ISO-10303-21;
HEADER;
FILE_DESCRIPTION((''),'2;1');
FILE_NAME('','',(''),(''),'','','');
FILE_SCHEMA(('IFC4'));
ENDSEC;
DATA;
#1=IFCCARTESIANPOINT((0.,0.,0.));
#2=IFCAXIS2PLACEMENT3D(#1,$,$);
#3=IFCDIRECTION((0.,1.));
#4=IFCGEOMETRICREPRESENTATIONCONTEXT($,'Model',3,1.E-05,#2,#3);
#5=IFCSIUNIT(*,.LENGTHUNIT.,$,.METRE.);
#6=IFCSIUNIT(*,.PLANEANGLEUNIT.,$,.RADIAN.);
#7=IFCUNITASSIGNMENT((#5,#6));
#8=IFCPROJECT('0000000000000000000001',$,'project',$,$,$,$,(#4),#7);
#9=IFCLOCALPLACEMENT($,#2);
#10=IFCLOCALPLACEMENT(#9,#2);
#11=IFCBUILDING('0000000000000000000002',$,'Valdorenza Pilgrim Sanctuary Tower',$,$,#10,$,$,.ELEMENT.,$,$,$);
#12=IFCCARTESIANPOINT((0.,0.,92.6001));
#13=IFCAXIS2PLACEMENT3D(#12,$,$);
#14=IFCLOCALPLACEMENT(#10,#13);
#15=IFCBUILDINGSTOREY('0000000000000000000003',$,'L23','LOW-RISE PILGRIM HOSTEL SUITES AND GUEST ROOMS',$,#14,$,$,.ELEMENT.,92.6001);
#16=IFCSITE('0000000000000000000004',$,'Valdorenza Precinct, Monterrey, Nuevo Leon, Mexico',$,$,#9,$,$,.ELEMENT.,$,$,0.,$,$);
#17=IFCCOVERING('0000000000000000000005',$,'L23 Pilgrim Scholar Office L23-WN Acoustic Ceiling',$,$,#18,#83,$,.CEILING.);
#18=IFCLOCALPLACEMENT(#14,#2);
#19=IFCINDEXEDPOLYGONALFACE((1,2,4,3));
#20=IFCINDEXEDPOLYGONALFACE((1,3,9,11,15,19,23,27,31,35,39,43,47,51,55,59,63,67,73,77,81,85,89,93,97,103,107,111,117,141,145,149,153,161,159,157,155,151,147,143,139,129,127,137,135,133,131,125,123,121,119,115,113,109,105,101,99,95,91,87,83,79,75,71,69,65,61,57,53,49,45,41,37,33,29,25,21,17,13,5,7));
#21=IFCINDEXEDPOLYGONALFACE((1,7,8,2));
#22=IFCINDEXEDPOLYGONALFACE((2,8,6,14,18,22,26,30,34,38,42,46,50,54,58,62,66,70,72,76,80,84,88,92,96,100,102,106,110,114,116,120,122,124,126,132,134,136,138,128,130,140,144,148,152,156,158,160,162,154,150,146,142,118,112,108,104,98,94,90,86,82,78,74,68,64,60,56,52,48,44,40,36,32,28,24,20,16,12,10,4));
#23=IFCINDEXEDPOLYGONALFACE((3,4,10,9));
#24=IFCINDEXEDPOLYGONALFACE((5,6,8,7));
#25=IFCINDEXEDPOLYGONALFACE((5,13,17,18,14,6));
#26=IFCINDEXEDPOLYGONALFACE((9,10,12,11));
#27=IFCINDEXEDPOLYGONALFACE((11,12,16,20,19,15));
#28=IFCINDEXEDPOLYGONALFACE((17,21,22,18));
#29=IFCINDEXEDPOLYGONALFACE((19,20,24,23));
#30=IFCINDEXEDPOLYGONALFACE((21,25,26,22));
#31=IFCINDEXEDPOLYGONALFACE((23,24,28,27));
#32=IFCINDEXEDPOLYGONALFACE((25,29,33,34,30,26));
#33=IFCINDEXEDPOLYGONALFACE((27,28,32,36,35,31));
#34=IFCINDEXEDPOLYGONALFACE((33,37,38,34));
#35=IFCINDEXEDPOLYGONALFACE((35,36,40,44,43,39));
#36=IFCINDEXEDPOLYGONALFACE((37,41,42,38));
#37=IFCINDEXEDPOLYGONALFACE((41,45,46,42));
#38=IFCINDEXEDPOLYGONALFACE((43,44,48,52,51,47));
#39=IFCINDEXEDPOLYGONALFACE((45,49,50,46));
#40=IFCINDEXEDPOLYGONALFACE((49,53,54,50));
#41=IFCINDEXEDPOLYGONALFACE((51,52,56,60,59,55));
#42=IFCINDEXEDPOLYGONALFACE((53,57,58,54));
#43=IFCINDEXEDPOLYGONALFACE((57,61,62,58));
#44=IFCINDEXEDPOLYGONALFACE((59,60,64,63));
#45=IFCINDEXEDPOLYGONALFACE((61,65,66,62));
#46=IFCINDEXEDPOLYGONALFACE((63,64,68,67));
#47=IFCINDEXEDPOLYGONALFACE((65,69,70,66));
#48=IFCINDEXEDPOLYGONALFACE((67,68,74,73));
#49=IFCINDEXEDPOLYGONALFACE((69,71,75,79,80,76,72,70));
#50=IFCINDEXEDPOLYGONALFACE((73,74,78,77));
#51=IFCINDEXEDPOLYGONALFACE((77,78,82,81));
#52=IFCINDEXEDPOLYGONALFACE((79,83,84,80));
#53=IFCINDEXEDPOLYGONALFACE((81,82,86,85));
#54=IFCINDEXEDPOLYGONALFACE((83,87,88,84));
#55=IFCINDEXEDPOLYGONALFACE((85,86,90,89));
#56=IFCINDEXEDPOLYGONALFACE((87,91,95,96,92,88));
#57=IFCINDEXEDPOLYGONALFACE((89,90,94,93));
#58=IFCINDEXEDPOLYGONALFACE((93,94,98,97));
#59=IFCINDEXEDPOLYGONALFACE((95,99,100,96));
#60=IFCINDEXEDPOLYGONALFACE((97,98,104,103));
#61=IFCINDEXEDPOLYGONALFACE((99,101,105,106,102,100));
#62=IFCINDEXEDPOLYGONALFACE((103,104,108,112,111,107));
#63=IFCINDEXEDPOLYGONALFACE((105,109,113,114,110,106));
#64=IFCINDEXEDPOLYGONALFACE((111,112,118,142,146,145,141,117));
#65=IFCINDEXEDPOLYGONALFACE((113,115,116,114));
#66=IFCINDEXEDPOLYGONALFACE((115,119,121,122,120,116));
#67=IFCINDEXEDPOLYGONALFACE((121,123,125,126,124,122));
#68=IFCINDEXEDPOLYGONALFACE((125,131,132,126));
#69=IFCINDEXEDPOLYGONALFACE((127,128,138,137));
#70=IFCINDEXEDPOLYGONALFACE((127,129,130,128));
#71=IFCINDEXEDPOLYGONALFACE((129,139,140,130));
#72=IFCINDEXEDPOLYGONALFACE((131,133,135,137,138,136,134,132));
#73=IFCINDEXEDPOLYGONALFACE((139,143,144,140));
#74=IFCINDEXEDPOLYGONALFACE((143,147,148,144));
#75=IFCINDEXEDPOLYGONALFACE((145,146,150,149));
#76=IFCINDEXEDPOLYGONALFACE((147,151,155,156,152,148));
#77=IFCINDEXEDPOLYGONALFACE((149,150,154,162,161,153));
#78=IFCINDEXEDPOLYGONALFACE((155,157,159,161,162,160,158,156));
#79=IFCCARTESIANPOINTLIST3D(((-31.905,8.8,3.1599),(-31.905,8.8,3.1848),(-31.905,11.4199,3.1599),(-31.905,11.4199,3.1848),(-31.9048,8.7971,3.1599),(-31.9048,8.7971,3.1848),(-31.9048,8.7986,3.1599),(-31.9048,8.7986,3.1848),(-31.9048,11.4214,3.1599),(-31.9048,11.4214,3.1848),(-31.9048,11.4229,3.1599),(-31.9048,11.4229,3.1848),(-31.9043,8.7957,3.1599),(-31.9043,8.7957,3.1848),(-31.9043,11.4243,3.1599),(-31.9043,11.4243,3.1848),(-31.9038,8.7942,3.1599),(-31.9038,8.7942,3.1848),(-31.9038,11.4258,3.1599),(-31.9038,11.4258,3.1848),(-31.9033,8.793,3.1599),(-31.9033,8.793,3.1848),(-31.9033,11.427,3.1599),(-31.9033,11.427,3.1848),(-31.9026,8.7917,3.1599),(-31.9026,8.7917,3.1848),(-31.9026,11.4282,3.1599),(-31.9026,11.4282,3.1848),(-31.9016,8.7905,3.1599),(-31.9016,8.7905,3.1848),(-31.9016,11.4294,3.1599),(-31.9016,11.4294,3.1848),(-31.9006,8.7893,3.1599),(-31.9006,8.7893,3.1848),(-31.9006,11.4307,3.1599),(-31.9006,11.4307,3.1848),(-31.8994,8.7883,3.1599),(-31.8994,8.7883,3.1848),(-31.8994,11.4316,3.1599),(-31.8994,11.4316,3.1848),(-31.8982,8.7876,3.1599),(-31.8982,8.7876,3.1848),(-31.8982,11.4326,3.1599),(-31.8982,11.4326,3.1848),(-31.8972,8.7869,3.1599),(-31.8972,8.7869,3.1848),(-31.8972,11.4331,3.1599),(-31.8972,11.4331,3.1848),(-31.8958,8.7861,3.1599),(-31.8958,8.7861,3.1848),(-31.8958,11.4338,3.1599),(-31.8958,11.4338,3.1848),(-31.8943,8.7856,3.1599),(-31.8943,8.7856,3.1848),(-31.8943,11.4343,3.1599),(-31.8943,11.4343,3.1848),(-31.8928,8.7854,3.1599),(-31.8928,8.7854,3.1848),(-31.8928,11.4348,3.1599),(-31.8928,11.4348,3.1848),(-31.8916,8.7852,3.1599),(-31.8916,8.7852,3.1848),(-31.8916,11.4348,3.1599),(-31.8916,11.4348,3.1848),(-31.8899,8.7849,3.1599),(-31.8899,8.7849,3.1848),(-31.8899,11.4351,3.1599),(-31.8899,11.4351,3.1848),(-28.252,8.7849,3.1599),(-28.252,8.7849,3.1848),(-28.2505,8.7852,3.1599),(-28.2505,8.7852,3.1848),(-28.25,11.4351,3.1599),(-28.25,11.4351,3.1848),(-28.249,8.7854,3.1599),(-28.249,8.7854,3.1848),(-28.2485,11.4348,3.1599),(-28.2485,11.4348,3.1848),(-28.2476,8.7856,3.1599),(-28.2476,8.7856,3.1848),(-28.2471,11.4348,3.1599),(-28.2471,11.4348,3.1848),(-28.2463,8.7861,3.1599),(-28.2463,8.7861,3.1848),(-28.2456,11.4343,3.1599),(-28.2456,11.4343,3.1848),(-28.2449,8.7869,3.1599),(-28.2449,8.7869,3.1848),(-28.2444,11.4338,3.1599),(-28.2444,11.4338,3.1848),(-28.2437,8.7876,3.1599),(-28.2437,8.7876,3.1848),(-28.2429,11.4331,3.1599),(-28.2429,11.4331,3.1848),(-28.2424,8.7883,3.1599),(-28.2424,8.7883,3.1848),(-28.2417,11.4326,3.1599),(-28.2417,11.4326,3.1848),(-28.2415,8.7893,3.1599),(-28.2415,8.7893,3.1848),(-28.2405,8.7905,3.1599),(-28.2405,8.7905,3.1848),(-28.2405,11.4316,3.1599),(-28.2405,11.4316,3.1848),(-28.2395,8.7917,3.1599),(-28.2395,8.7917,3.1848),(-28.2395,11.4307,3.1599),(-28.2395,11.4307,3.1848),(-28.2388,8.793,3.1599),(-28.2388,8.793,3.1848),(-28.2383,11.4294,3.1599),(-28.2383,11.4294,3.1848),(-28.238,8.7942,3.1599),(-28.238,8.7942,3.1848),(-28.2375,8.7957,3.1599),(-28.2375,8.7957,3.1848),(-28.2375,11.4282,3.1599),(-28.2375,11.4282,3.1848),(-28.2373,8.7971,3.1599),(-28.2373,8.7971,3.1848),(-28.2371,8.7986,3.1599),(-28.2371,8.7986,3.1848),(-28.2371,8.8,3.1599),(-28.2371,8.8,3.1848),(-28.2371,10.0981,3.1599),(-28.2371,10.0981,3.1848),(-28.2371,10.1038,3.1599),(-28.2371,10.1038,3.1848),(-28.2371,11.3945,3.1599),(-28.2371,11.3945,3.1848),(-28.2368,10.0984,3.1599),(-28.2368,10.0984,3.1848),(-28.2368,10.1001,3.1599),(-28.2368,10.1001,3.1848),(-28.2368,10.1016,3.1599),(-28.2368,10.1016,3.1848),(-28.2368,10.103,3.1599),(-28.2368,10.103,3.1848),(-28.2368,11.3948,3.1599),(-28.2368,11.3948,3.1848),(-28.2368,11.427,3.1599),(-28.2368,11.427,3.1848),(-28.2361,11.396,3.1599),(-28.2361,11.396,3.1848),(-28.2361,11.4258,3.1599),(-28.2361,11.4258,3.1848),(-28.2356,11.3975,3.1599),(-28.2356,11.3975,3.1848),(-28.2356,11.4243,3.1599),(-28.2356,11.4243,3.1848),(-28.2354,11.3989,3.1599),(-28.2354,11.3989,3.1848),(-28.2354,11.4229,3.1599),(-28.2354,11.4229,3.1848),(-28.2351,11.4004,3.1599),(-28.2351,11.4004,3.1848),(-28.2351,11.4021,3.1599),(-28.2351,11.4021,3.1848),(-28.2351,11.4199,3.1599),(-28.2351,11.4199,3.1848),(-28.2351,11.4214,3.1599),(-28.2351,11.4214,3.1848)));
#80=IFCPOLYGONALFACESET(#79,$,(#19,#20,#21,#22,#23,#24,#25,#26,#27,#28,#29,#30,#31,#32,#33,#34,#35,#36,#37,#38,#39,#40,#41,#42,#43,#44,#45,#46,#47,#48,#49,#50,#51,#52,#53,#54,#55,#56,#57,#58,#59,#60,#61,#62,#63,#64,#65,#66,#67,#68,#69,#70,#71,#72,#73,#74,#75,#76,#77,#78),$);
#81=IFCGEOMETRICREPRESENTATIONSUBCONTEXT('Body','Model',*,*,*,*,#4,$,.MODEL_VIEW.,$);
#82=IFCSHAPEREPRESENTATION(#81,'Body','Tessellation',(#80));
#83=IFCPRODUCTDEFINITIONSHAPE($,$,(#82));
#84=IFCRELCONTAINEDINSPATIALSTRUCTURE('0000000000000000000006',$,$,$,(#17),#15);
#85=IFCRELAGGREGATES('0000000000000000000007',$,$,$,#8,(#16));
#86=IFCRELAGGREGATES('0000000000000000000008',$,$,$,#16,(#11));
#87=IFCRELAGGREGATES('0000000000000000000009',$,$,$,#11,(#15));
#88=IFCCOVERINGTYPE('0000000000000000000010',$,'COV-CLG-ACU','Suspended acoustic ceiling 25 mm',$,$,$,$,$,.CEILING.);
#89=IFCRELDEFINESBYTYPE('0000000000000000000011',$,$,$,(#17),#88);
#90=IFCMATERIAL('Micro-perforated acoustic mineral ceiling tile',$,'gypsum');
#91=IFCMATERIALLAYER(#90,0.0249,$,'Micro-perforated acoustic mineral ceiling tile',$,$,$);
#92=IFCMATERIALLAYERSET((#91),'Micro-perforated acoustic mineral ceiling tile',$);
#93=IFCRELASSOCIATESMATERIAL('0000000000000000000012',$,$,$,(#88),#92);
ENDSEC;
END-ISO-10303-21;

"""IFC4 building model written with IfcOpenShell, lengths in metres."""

from ifc_helpers import new_model, si_unit, direction, frame, origin, place, context, subcontext, project, spatial, polyline, outline, extrude, material, layer, layer_set, type_object, element, save


model = new_model("IFC4")

# Units and contexts
model_context = context("Model", 3, precision=1e-05, world=origin(), true_north=direction((0.0, 1.0)))
body_context = subcontext(model_context, "Body", "Model", "MODEL_VIEW")
ifc_project = project(units=[si_unit("LENGTHUNIT", "METRE"), si_unit("PLANEANGLEUNIT", "RADIAN")], contexts=[model_context])

# Site, building, storey
site_placement = place(None, origin())
site = spatial("IfcSite", under=ifc_project, at=site_placement, Name="Valdorenza Precinct, Monterrey, Nuevo Leon, Mexico", CompositionType="ELEMENT", RefElevation=0.0)
building_placement = place(site_placement, origin())
building = spatial("IfcBuilding", under=site, at=building_placement, Name="Valdorenza Pilgrim Sanctuary Tower", CompositionType="ELEMENT")
storey_placement = place(building_placement, frame((0.0, 0.0, 92.6001)))
storey = spatial("IfcBuildingStorey", under=building, at=storey_placement, Name="L23", Description="LOW-RISE PILGRIM HOSTEL SUITES AND GUEST ROOMS", CompositionType="ELEMENT", Elevation=92.6001)

# Covering
ifc_material_1 = material(Name="Micro-perforated acoustic mineral ceiling tile", Category="gypsum")
ifc_layer_1 = layer(ifc_material_1, 0.0249, Name="Micro-perforated acoustic mineral ceiling tile")
ifc_layer_set_1 = layer_set([ifc_layer_1], Name="Micro-perforated acoustic mineral ceiling tile")
covering_type_1 = type_object("IfcCoveringType", Name="COV-CLG-ACU", Description="Suspended acoustic ceiling 25 mm", PredefinedType="CEILING", material=ifc_layer_set_1)
covering_1_placement = place(storey_placement, frame((0.0, 0.0, 3.1599)))
element("IfcCovering", 1, at=covering_1_placement, inside=storey, type_object=covering_type_1, Name="L23 Pilgrim Scholar Office L23-WN Acoustic Ceiling", PredefinedType="CEILING", context=body_context, shape_type="SweptSolid", body=[
    extrude(outline(polyline([(-28.2371, 11.3945), (-28.2371, 10.1038), (-28.2368, 10.103), (-28.2368, 10.1016), (-28.2368, 10.1001), (-28.2368, 10.0984), (-28.2371, 10.0981), (-28.2371, 8.8), (-28.2371, 8.7986), (-28.2373, 8.7971), (-28.2375, 8.7957), (-28.238, 8.7942), (-28.2388, 8.793), (-28.2395, 8.7917), (-28.2405, 8.7905), (-28.2415, 8.7893), (-28.2424, 8.7883), (-28.2437, 8.7876), (-28.2449, 8.7869), (-28.2463, 8.7861), (-28.2476, 8.7856), (-28.249, 8.7854), (-28.2505, 8.7852), (-28.252, 8.7849), (-31.8899, 8.7849), (-31.8916, 8.7852), (-31.8928, 8.7854), (-31.8943, 8.7856), (-31.8958, 8.7861), (-31.8972, 8.7869), (-31.8982, 8.7876), (-31.8994, 8.7883), (-31.9006, 8.7893), (-31.9016, 8.7905), (-31.9026, 8.7917), (-31.9033, 8.793), (-31.9038, 8.7942), (-31.9043, 8.7957), (-31.9048, 8.7971), (-31.9048, 8.7986), (-31.905, 8.8), (-31.905, 11.4199), (-31.9048, 11.4214), (-31.9048, 11.4229), (-31.9043, 11.4243), (-31.9038, 11.4258), (-31.9033, 11.427), (-31.9026, 11.4282), (-31.9016, 11.4294), (-31.9006, 11.4307), (-31.8994, 11.4316), (-31.8982, 11.4326), (-31.8972, 11.4331), (-31.8958, 11.4338), (-31.8943, 11.4343), (-31.8928, 11.4348), (-31.8916, 11.4348), (-31.8899, 11.4351), (-28.25, 11.4351), (-28.2485, 11.4348), (-28.2471, 11.4348), (-28.2456, 11.4343), (-28.2444, 11.4338), (-28.2429, 11.4331), (-28.2417, 11.4326), (-28.2405, 11.4316), (-28.2395, 11.4307), (-28.2383, 11.4294), (-28.2375, 11.4282), (-28.2368, 11.427), (-28.2361, 11.4258), (-28.2356, 11.4243), (-28.2354, 11.4229), (-28.2351, 11.4214), (-28.2351, 11.4199), (-28.2351, 11.4021), (-28.2351, 11.4004), (-28.2354, 11.3989), (-28.2356, 11.3975), (-28.2361, 11.396), (-28.2368, 11.3948), (-28.2371, 11.3945)])), origin(), (0.0, 0.0, 1.0), 0.0249),
])

save(model, "model.ifc")
